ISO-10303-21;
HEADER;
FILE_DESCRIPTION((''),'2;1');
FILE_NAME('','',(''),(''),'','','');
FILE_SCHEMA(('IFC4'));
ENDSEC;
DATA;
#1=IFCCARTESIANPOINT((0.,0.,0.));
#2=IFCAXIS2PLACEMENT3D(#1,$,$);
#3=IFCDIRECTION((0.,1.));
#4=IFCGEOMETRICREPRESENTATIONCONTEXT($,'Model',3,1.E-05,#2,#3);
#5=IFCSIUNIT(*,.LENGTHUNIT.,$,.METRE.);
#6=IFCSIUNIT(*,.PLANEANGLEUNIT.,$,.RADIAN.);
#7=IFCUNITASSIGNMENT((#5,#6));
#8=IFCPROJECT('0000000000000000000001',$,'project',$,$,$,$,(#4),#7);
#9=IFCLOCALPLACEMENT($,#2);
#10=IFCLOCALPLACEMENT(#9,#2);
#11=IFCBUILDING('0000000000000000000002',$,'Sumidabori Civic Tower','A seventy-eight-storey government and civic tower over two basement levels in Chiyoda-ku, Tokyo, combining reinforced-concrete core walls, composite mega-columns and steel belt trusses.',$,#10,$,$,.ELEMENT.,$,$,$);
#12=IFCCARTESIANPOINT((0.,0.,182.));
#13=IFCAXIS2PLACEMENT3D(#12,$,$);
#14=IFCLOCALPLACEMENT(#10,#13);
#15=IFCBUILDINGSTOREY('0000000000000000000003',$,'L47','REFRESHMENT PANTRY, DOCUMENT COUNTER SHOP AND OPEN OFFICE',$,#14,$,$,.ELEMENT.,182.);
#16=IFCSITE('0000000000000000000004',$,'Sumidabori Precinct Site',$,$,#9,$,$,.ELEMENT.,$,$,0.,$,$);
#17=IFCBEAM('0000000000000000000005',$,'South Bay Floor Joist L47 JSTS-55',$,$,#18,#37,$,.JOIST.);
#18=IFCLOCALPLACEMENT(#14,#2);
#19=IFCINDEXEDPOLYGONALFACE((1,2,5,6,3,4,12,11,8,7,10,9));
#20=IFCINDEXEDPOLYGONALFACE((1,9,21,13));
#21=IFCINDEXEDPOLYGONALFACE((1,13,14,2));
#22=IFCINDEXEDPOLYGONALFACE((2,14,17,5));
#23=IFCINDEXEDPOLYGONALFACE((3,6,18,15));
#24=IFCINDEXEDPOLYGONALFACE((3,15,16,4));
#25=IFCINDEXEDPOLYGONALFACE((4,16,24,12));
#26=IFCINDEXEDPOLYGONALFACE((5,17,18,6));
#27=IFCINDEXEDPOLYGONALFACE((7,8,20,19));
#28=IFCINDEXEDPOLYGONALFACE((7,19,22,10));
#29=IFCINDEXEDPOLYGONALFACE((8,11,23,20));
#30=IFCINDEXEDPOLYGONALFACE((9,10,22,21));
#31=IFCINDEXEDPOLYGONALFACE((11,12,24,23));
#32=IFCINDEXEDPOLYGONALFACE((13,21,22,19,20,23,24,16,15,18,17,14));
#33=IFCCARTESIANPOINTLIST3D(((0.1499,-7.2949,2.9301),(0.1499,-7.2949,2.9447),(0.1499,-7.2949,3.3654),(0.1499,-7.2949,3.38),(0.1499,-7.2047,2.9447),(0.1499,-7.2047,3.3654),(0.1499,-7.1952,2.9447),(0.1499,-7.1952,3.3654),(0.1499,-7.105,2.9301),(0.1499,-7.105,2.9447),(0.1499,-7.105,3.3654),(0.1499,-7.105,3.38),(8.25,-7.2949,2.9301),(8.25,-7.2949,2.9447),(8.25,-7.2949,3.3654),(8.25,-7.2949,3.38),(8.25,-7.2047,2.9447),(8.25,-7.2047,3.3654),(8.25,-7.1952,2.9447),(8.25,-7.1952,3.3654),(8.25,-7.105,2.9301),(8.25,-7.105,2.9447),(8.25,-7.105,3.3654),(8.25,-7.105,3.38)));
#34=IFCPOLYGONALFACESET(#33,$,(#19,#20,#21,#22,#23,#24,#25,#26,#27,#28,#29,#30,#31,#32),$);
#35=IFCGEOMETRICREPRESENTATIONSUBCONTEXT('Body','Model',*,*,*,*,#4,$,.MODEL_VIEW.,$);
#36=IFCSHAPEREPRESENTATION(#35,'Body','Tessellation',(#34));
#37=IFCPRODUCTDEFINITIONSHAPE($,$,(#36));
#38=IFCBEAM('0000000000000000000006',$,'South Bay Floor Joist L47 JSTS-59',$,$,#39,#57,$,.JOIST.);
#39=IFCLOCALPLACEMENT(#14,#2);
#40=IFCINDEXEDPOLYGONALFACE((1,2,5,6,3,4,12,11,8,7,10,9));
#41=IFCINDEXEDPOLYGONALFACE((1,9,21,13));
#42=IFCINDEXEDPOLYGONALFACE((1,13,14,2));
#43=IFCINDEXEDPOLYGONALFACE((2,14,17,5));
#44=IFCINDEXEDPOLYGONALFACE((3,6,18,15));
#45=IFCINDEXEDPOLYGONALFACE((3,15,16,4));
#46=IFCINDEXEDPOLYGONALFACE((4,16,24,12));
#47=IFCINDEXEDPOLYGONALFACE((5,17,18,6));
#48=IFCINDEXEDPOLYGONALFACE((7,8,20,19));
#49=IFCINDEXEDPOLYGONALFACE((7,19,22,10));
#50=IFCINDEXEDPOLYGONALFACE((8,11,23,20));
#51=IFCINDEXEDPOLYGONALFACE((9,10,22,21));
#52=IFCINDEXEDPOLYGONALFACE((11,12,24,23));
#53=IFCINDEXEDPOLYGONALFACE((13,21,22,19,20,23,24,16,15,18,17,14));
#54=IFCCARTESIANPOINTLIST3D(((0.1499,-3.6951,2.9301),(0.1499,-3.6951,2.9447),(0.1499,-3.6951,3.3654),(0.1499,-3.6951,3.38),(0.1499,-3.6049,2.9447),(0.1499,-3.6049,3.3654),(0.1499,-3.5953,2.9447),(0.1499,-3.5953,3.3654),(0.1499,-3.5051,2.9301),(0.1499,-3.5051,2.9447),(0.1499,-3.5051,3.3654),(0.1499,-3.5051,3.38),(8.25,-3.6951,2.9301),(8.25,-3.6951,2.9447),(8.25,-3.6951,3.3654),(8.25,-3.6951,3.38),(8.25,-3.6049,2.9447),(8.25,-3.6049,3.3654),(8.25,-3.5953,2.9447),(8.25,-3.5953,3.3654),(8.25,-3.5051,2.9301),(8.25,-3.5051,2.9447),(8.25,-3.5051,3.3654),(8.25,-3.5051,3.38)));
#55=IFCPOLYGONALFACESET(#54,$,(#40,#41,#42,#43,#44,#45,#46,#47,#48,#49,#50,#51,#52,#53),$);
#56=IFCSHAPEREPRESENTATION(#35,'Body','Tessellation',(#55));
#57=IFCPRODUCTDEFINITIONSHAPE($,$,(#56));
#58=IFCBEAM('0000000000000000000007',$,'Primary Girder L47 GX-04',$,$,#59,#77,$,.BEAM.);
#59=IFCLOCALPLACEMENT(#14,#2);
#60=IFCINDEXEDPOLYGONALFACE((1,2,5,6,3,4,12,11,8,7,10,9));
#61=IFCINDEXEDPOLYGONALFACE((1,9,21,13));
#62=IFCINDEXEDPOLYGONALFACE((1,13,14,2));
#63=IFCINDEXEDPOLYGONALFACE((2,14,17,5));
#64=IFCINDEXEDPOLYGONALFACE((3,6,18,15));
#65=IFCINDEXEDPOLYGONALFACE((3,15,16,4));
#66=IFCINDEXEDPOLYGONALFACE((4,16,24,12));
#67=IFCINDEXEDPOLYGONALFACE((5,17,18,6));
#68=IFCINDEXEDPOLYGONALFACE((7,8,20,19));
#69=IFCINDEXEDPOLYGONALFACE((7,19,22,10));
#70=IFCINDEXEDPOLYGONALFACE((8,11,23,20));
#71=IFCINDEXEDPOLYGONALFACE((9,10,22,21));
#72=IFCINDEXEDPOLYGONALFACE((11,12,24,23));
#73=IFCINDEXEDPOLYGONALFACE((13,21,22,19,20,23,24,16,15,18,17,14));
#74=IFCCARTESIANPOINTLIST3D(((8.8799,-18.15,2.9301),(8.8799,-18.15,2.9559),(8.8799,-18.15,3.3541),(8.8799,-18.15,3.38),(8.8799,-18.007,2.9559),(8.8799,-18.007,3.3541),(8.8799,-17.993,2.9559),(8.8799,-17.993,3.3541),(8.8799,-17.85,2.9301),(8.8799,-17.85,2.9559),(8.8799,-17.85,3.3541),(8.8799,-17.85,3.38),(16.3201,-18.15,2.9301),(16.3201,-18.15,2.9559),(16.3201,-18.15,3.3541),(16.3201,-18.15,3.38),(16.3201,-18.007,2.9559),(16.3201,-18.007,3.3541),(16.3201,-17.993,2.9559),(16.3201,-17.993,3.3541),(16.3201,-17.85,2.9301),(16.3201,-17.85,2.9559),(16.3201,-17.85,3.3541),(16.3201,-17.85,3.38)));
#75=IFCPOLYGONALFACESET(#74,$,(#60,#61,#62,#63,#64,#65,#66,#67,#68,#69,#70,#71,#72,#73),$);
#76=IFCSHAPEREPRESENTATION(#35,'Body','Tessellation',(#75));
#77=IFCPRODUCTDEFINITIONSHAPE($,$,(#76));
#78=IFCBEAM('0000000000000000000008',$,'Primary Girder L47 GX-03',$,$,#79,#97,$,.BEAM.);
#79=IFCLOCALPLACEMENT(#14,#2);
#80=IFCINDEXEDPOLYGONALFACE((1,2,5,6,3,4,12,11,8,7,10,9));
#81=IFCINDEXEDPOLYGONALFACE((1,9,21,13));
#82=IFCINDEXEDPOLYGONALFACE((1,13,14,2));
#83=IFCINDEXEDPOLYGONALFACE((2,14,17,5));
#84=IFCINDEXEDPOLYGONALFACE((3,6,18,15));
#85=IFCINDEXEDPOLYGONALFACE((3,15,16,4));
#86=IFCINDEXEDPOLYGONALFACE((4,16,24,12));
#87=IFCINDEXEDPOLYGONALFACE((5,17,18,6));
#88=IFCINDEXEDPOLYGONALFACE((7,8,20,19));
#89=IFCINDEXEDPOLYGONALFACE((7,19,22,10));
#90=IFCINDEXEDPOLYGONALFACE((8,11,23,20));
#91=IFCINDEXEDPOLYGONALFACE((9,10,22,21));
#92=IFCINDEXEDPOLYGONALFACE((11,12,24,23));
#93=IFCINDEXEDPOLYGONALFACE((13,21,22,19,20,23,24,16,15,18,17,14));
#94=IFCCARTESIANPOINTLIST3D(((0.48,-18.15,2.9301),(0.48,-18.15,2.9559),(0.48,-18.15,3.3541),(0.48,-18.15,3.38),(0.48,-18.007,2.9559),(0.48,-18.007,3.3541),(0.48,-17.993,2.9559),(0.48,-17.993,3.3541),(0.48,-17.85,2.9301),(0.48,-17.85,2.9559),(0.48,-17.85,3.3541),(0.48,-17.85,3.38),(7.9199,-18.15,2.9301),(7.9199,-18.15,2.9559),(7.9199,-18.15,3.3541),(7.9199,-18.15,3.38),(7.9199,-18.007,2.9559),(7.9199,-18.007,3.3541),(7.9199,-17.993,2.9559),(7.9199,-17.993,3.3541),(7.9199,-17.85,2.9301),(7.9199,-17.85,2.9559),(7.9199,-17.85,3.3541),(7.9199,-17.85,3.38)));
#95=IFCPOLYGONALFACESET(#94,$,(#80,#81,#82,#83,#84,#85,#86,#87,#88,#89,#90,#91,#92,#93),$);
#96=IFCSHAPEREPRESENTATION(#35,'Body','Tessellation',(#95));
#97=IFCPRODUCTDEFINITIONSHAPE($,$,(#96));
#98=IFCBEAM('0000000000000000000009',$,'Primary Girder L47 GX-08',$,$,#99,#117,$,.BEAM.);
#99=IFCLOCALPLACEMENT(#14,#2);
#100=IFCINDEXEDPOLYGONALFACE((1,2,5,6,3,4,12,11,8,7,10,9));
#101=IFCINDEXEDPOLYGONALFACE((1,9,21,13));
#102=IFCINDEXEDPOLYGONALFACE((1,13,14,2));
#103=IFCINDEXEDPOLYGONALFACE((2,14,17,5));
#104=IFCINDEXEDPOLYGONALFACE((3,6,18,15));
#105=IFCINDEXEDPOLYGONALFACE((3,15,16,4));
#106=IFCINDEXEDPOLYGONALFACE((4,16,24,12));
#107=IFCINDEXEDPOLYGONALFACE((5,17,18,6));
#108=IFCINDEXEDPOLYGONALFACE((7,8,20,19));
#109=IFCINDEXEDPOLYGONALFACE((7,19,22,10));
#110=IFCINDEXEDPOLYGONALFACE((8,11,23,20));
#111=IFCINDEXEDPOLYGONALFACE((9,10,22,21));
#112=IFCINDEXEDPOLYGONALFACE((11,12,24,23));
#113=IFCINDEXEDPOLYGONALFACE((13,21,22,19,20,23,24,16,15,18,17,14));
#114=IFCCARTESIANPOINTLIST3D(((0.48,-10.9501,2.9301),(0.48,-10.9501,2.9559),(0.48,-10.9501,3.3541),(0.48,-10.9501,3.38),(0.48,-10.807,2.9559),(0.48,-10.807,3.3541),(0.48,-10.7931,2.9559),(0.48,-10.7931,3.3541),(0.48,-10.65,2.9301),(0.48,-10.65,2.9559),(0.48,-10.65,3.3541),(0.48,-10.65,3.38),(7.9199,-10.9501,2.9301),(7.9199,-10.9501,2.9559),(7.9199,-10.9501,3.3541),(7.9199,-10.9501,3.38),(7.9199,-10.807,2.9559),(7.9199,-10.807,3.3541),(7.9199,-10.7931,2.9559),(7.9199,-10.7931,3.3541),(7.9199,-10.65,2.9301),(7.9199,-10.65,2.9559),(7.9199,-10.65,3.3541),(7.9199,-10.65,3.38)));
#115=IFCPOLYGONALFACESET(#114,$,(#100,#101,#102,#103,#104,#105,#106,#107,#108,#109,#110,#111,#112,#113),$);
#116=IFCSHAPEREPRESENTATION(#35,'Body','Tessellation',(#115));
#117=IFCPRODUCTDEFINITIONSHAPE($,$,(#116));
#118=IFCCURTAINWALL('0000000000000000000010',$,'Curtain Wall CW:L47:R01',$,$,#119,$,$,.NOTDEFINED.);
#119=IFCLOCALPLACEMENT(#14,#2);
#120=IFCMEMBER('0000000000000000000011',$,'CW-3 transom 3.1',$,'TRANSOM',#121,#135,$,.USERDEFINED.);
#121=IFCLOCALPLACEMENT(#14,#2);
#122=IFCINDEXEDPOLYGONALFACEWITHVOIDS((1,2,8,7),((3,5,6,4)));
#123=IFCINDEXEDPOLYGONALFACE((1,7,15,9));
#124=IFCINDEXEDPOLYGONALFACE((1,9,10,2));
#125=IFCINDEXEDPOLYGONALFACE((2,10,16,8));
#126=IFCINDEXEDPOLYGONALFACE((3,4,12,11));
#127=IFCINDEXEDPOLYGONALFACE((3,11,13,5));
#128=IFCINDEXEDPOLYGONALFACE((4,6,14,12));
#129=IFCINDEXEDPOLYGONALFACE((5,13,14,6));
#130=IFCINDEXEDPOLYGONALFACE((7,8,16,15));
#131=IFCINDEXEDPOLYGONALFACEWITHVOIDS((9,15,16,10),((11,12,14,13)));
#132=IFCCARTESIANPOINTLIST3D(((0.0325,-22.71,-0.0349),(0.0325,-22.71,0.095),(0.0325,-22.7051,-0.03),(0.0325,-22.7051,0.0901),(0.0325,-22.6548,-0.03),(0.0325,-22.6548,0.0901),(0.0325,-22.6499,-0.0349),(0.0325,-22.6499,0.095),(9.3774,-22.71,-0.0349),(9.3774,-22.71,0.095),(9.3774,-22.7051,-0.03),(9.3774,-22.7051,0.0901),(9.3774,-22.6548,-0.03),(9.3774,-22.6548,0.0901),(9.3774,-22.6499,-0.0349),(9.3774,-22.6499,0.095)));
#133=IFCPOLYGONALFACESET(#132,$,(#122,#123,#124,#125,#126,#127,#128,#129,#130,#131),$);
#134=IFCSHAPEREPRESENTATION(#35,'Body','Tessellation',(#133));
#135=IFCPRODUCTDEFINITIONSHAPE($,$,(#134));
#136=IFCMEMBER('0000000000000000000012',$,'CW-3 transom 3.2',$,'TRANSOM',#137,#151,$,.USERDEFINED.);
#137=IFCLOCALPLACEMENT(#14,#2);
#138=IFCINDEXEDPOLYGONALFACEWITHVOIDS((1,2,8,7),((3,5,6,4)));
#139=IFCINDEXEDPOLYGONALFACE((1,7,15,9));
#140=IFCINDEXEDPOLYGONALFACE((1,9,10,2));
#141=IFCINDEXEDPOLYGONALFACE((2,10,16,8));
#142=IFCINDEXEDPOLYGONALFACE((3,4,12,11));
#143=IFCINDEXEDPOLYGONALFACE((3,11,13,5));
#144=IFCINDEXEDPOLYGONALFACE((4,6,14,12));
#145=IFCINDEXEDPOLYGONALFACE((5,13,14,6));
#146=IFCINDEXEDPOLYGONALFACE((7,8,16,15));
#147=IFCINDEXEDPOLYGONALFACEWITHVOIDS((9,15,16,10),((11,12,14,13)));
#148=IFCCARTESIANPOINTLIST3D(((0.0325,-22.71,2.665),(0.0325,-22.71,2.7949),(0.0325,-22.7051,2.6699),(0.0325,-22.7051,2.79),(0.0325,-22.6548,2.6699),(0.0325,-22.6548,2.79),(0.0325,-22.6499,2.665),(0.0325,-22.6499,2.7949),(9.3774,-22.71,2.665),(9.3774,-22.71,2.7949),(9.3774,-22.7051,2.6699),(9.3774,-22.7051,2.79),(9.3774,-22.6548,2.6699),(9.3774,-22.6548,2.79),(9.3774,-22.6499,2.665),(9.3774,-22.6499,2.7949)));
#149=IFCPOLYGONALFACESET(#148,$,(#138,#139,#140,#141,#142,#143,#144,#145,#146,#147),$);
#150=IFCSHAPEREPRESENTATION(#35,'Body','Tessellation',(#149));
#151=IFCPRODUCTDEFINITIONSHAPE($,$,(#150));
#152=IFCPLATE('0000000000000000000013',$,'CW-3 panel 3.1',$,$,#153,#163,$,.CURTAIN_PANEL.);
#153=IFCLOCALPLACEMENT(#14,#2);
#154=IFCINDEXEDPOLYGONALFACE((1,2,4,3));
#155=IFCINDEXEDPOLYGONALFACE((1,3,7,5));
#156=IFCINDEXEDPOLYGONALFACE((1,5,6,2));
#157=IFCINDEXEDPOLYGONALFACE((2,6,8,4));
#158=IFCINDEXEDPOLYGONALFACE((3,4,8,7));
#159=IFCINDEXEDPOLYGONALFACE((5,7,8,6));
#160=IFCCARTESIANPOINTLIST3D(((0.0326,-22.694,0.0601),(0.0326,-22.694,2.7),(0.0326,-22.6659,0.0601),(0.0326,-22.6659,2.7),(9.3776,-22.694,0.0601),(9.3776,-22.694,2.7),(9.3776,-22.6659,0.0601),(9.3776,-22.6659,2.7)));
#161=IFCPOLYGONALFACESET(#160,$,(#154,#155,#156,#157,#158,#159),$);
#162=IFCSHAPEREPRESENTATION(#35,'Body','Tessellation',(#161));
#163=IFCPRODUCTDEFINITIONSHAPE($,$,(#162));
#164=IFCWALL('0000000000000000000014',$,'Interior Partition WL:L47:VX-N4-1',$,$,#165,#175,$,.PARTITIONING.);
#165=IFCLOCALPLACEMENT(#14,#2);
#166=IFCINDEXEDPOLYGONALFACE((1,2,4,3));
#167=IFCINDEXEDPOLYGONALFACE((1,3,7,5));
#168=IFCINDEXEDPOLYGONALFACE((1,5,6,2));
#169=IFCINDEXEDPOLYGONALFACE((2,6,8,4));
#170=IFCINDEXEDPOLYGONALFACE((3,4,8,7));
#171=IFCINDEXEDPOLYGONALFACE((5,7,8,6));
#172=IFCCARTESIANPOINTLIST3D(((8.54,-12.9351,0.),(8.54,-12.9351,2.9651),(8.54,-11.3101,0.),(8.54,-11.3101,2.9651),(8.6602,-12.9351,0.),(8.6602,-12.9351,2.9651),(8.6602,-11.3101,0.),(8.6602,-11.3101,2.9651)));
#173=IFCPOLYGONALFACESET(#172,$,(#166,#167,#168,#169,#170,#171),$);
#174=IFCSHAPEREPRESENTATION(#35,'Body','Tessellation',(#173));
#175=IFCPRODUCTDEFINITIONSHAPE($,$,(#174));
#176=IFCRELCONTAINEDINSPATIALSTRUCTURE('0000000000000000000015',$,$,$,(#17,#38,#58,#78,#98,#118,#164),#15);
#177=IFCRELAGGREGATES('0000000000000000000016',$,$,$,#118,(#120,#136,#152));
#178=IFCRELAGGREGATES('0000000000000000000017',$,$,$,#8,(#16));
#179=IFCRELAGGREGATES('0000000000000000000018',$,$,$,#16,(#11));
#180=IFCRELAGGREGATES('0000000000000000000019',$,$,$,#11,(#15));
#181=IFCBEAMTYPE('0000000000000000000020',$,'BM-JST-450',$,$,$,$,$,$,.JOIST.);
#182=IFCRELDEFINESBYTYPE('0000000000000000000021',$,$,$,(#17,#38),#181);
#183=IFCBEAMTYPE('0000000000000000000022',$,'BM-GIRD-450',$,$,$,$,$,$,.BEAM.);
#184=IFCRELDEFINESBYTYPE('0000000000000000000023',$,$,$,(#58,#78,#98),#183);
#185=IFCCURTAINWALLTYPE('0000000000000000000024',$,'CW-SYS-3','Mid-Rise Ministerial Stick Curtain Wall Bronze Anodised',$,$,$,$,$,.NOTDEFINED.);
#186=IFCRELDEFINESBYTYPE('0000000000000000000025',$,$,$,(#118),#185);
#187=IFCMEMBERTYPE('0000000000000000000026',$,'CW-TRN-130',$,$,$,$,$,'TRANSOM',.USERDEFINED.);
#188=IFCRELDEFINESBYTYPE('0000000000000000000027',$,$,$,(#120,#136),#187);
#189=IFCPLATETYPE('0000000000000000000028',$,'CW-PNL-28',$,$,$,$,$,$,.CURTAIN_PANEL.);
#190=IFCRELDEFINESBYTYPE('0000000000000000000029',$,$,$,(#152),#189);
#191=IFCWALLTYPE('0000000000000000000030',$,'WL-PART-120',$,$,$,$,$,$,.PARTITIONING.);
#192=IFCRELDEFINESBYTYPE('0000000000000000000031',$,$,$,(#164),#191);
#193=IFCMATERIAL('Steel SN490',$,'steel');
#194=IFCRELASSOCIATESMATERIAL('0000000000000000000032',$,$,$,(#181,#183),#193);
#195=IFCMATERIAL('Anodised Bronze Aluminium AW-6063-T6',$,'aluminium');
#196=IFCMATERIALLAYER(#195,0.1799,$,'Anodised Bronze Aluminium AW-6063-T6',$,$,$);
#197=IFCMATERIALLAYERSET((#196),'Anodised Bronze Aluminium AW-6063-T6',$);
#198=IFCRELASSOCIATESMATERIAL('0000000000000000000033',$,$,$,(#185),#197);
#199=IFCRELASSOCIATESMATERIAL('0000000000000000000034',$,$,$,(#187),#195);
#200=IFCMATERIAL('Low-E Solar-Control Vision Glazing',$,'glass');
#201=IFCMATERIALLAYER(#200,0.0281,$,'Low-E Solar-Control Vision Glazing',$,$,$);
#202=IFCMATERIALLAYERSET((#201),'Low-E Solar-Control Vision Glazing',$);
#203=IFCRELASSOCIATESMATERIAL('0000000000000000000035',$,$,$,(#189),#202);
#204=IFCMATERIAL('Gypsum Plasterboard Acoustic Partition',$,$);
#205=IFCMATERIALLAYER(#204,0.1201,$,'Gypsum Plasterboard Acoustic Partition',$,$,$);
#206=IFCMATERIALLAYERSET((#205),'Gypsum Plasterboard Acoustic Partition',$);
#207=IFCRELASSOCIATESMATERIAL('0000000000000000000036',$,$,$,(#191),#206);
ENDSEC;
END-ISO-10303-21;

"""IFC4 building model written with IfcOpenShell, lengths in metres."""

from ifc_helpers import new_model, si_unit, direction, frame, frame_2d, origin, origin_2d, place, context, subcontext, project, spatial, rectangle, hollow_rectangle, i_section, extrude, source, transform, mapped, material, layer, layer_set, material_profile, profile_set, type_object, element, aggregate, save


model = new_model("IFC4")

# Units and contexts
model_context = context("Model", 3, precision=1e-05, world=origin(), true_north=direction((0.0, 1.0)))
body_context = subcontext(model_context, "Body", "Model", "MODEL_VIEW")
ifc_project = project(units=[si_unit("LENGTHUNIT", "METRE"), si_unit("PLANEANGLEUNIT", "RADIAN")], contexts=[model_context])

# Site, building, storey
site_placement = place(None, origin())
site = spatial("IfcSite", under=ifc_project, at=site_placement, Name="Sumidabori Precinct Site", CompositionType="ELEMENT", RefElevation=0.0)
building_placement = place(site_placement, origin())
building = spatial("IfcBuilding", under=site, at=building_placement, Name="Sumidabori Civic Tower", Description="A seventy-eight-storey government and civic tower over two basement levels in Chiyoda-ku, Tokyo, combining reinforced-concrete core walls, composite mega-columns and steel belt trusses.", CompositionType="ELEMENT")
storey_placement = place(building_placement, frame((0.0, 0.0, 182.0)))
storey = spatial("IfcBuildingStorey", under=building, at=storey_placement, Name="L47", Description="REFRESHMENT PANTRY, DOCUMENT COUNTER SHOP AND OPEN OFFICE", CompositionType="ELEMENT", Elevation=182.0)

# Beams
ifc_material_1 = material(Name="Steel SN490", Category="steel")
ifc_material_profile_1 = material_profile(ifc_material_1, i_section(OverallWidth=0.1899, OverallDepth=0.45, WebThickness=0.0095, FlangeThickness=0.0146, at=origin_2d()), Name="IPE 450")
ifc_profile_set_1 = profile_set([ifc_material_profile_1], Name="Steel SN490")
beam_type_1 = type_object("IfcBeamType", Name="BM-JST-450", PredefinedType="JOIST", material=ifc_profile_set_1)
shared_shape_1 = source(origin(), body_context, "Body", "SweptSolid", [
    extrude(i_section(OverallWidth=0.1899, OverallDepth=0.45, WebThickness=0.0095, FlangeThickness=0.0146, at=origin_2d()), origin(), (0.0, 0.0, 1.0), 8.1001),
])
for number, where, z_axis, x_axis, name in (
    (1, (0.1499, -7.2, 3.155), (1.0, 0.0, 0.0), (0.0, 1.0, 0.0), "South Bay Floor Joist L47 JSTS-55"),
    (2, (0.1499, -3.6001, 3.155), (1.0, 0.0, 0.0), (0.0, 1.0, 0.0), "South Bay Floor Joist L47 JSTS-59"),
):
    element("IfcBeam", number, at=place(storey_placement, frame(where, z_axis=z_axis, x_axis=x_axis)), inside=storey, type_object=beam_type_1, Name=name, PredefinedType="JOIST", context=body_context, shape_type="MappedRepresentation", body=[
        mapped(shared_shape_1, transform((0.0, 0.0, 0.0), x_axis=(1.0, 0.0, 0.0), y_axis=(0.0, 1.0, 0.0), z_axis=(0.0, 0.0, 1.0), scale=1.0)),
    ])
ifc_material_profile_2 = material_profile(ifc_material_1, i_section(OverallWidth=0.3, OverallDepth=0.45, WebThickness=0.0139, FlangeThickness=0.0259, at=origin_2d()), Name="HE 450 B")
ifc_profile_set_2 = profile_set([ifc_material_profile_2], Name="Steel SN490")
beam_type_2 = type_object("IfcBeamType", Name="BM-GIRD-450", PredefinedType="BEAM", material=ifc_profile_set_2)
shared_shape_2 = source(origin(), body_context, "Body", "SweptSolid", [
    extrude(i_section(OverallWidth=0.3, OverallDepth=0.45, WebThickness=0.0139, FlangeThickness=0.0259, at=origin_2d()), origin(), (0.0, 0.0, 1.0), 7.4402),
])
beam_1_placement = place(storey_placement, frame((8.8799, -18.0, 3.155), z_axis=(1.0, 0.0, 0.0), x_axis=(0.0, 1.0, 0.0)))
element("IfcBeam", 3, at=beam_1_placement, inside=storey, type_object=beam_type_2, Name="Primary Girder L47 GX-04", PredefinedType="BEAM", context=body_context, shape_type="MappedRepresentation", body=[
    mapped(shared_shape_2, transform((0.0, 0.0, 0.0), x_axis=(1.0, 0.0, 0.0), y_axis=(0.0, 1.0, 0.0), z_axis=(0.0, 0.0, 1.0), scale=1.0)),
])
shared_shape_3 = source(origin(), body_context, "Body", "SweptSolid", [
    extrude(i_section(OverallWidth=0.3, OverallDepth=0.45, WebThickness=0.0139, FlangeThickness=0.0259, at=origin_2d()), origin(), (0.0, 0.0, 1.0), 7.4399),
])
for number, where, z_axis, x_axis, name in (
    (4, (0.48, -18.0, 3.155), (1.0, 0.0, 0.0), (0.0, 1.0, 0.0), "Primary Girder L47 GX-03"),
    (5, (0.48, -10.8, 3.155), (1.0, 0.0, 0.0), (0.0, 1.0, 0.0), "Primary Girder L47 GX-08"),
):
    element("IfcBeam", number, at=place(storey_placement, frame(where, z_axis=z_axis, x_axis=x_axis)), inside=storey, type_object=beam_type_2, Name=name, PredefinedType="BEAM", context=body_context, shape_type="MappedRepresentation", body=[
        mapped(shared_shape_3, transform((0.0, 0.0, 0.0), x_axis=(1.0, 0.0, 0.0), y_axis=(0.0, 1.0, 0.0), z_axis=(0.0, 0.0, 1.0), scale=1.0)),
    ])

# Curtain wall, members, plate
ifc_material_2 = material(Name="Anodised Bronze Aluminium AW-6063-T6", Category="aluminium")
ifc_layer_1 = layer(ifc_material_2, 0.1799, Name="Anodised Bronze Aluminium AW-6063-T6")
ifc_layer_set_1 = layer_set([ifc_layer_1], Name="Anodised Bronze Aluminium AW-6063-T6")
curtain_wall_type = type_object("IfcCurtainWallType", Name="CW-SYS-3", Description="Mid-Rise Ministerial Stick Curtain Wall Bronze Anodised", PredefinedType="NOTDEFINED", material=ifc_layer_set_1)
curtain_wall_placement = place(storey_placement, origin())
curtain_wall = element("IfcCurtainWall", 6, at=curtain_wall_placement, inside=storey, type_object=curtain_wall_type, Name="Curtain Wall CW:L47:R01", PredefinedType="NOTDEFINED")
ifc_material_profile_3 = material_profile(ifc_material_2, hollow_rectangle(XDim=0.0601, YDim=0.1299, WallThickness=0.0049, at=origin_2d()), Name="ALU TRANSOM 130x60")
ifc_profile_set_3 = profile_set([ifc_material_profile_3], Name="Anodised Bronze Aluminium AW-6063-T6")
member_type = type_object("IfcMemberType", Name="CW-TRN-130", ElementType="TRANSOM", PredefinedType="USERDEFINED", material=ifc_profile_set_3)
shared_shape_4 = source(origin(), body_context, "Body", "SweptSolid", [
    extrude(hollow_rectangle(XDim=0.0601, YDim=0.1299, WallThickness=0.0049, at=origin_2d()), origin(), (0.0, 0.0, 1.0), 9.345),
])
member_1_placement = place(storey_placement, frame((0.0325, -22.6799, 0.03), z_axis=(1.0, 0.0, 0.0), x_axis=(0.0, 1.0, 0.0)))
member_1 = element("IfcMember", 7, at=member_1_placement, type_object=member_type, Name="CW-3 transom 3.1", ObjectType="TRANSOM", PredefinedType="USERDEFINED", context=body_context, shape_type="MappedRepresentation", body=[
    mapped(shared_shape_4, transform((0.0, 0.0, 0.0), x_axis=(1.0, 0.0, 0.0), y_axis=(0.0, 1.0, 0.0), z_axis=(0.0, 0.0, 1.0), scale=1.0)),
])
member_2_placement = place(storey_placement, frame((0.0325, -22.6799, 2.73), z_axis=(1.0, 0.0, 0.0), x_axis=(0.0, 1.0, 0.0)))
member_2 = element("IfcMember", 8, at=member_2_placement, type_object=member_type, Name="CW-3 transom 3.2", ObjectType="TRANSOM", PredefinedType="USERDEFINED", context=body_context, shape_type="MappedRepresentation", body=[
    mapped(shared_shape_4, transform((0.0, 0.0, 0.0), x_axis=(1.0, 0.0, 0.0), y_axis=(0.0, 1.0, 0.0), z_axis=(0.0, 0.0, 1.0), scale=1.0)),
])
ifc_material_3 = material(Name="Low-E Solar-Control Vision Glazing", Category="glass")
ifc_layer_2 = layer(ifc_material_3, 0.0281, Name="Low-E Solar-Control Vision Glazing")
ifc_layer_set_2 = layer_set([ifc_layer_2], Name="Low-E Solar-Control Vision Glazing")
plate_type = type_object("IfcPlateType", Name="CW-PNL-28", PredefinedType="CURTAIN_PANEL", material=ifc_layer_set_2)
shared_shape_5 = source(origin(), body_context, "Body", "SweptSolid", [
    extrude(rectangle(XDim=9.345, YDim=0.0281, at=origin_2d()), origin(), (0.0, 0.0, 1.0), 2.6399),
])
plate_placement = place(storey_placement, frame((4.7051, -22.6799, 0.0601), z_axis=(0.0, 0.0, 1.0), x_axis=(1.0, 0.0, 0.0)))
plate = element("IfcPlate", 9, at=plate_placement, type_object=plate_type, Name="CW-3 panel 3.1", PredefinedType="CURTAIN_PANEL", context=body_context, shape_type="MappedRepresentation", body=[
    mapped(shared_shape_5, transform((0.0, 0.0, 0.0), x_axis=(1.0, 0.0, 0.0), y_axis=(0.0, 1.0, 0.0), z_axis=(0.0, 0.0, 1.0), scale=1.0)),
])
aggregate(curtain_wall, [member_1, member_2, plate])

# Wall
ifc_material_4 = material(Name="Gypsum Plasterboard Acoustic Partition")
ifc_layer_3 = layer(ifc_material_4, 0.1201, Name="Gypsum Plasterboard Acoustic Partition")
ifc_layer_set_3 = layer_set([ifc_layer_3], Name="Gypsum Plasterboard Acoustic Partition")
wall_type = type_object("IfcWallType", Name="WL-PART-120", PredefinedType="PARTITIONING", material=ifc_layer_set_3)
shared_shape_6 = source(origin(), body_context, "Body", "SweptSolid", [
    extrude(rectangle(XDim=1.625, YDim=0.1201, at=frame_2d((0.8125, 0.0))), origin(), (0.0, 0.0, 1.0), 2.9651),
])
wall_1_placement = place(storey_placement, frame((8.6001, -12.9351, 0.0), z_axis=(0.0, 0.0, 1.0), x_axis=(0.0, 1.0, 0.0)))
element("IfcWall", 10, at=wall_1_placement, inside=storey, type_object=wall_type, Name="Interior Partition WL:L47:VX-N4-1", PredefinedType="PARTITIONING", context=body_context, shape_type="MappedRepresentation", body=[
    mapped(shared_shape_6, transform((0.0, 0.0, 0.0), x_axis=(1.0, 0.0, 0.0), y_axis=(0.0, 1.0, 0.0), z_axis=(0.0, 0.0, 1.0), scale=1.0)),
])

save(model, "model.ifc")
